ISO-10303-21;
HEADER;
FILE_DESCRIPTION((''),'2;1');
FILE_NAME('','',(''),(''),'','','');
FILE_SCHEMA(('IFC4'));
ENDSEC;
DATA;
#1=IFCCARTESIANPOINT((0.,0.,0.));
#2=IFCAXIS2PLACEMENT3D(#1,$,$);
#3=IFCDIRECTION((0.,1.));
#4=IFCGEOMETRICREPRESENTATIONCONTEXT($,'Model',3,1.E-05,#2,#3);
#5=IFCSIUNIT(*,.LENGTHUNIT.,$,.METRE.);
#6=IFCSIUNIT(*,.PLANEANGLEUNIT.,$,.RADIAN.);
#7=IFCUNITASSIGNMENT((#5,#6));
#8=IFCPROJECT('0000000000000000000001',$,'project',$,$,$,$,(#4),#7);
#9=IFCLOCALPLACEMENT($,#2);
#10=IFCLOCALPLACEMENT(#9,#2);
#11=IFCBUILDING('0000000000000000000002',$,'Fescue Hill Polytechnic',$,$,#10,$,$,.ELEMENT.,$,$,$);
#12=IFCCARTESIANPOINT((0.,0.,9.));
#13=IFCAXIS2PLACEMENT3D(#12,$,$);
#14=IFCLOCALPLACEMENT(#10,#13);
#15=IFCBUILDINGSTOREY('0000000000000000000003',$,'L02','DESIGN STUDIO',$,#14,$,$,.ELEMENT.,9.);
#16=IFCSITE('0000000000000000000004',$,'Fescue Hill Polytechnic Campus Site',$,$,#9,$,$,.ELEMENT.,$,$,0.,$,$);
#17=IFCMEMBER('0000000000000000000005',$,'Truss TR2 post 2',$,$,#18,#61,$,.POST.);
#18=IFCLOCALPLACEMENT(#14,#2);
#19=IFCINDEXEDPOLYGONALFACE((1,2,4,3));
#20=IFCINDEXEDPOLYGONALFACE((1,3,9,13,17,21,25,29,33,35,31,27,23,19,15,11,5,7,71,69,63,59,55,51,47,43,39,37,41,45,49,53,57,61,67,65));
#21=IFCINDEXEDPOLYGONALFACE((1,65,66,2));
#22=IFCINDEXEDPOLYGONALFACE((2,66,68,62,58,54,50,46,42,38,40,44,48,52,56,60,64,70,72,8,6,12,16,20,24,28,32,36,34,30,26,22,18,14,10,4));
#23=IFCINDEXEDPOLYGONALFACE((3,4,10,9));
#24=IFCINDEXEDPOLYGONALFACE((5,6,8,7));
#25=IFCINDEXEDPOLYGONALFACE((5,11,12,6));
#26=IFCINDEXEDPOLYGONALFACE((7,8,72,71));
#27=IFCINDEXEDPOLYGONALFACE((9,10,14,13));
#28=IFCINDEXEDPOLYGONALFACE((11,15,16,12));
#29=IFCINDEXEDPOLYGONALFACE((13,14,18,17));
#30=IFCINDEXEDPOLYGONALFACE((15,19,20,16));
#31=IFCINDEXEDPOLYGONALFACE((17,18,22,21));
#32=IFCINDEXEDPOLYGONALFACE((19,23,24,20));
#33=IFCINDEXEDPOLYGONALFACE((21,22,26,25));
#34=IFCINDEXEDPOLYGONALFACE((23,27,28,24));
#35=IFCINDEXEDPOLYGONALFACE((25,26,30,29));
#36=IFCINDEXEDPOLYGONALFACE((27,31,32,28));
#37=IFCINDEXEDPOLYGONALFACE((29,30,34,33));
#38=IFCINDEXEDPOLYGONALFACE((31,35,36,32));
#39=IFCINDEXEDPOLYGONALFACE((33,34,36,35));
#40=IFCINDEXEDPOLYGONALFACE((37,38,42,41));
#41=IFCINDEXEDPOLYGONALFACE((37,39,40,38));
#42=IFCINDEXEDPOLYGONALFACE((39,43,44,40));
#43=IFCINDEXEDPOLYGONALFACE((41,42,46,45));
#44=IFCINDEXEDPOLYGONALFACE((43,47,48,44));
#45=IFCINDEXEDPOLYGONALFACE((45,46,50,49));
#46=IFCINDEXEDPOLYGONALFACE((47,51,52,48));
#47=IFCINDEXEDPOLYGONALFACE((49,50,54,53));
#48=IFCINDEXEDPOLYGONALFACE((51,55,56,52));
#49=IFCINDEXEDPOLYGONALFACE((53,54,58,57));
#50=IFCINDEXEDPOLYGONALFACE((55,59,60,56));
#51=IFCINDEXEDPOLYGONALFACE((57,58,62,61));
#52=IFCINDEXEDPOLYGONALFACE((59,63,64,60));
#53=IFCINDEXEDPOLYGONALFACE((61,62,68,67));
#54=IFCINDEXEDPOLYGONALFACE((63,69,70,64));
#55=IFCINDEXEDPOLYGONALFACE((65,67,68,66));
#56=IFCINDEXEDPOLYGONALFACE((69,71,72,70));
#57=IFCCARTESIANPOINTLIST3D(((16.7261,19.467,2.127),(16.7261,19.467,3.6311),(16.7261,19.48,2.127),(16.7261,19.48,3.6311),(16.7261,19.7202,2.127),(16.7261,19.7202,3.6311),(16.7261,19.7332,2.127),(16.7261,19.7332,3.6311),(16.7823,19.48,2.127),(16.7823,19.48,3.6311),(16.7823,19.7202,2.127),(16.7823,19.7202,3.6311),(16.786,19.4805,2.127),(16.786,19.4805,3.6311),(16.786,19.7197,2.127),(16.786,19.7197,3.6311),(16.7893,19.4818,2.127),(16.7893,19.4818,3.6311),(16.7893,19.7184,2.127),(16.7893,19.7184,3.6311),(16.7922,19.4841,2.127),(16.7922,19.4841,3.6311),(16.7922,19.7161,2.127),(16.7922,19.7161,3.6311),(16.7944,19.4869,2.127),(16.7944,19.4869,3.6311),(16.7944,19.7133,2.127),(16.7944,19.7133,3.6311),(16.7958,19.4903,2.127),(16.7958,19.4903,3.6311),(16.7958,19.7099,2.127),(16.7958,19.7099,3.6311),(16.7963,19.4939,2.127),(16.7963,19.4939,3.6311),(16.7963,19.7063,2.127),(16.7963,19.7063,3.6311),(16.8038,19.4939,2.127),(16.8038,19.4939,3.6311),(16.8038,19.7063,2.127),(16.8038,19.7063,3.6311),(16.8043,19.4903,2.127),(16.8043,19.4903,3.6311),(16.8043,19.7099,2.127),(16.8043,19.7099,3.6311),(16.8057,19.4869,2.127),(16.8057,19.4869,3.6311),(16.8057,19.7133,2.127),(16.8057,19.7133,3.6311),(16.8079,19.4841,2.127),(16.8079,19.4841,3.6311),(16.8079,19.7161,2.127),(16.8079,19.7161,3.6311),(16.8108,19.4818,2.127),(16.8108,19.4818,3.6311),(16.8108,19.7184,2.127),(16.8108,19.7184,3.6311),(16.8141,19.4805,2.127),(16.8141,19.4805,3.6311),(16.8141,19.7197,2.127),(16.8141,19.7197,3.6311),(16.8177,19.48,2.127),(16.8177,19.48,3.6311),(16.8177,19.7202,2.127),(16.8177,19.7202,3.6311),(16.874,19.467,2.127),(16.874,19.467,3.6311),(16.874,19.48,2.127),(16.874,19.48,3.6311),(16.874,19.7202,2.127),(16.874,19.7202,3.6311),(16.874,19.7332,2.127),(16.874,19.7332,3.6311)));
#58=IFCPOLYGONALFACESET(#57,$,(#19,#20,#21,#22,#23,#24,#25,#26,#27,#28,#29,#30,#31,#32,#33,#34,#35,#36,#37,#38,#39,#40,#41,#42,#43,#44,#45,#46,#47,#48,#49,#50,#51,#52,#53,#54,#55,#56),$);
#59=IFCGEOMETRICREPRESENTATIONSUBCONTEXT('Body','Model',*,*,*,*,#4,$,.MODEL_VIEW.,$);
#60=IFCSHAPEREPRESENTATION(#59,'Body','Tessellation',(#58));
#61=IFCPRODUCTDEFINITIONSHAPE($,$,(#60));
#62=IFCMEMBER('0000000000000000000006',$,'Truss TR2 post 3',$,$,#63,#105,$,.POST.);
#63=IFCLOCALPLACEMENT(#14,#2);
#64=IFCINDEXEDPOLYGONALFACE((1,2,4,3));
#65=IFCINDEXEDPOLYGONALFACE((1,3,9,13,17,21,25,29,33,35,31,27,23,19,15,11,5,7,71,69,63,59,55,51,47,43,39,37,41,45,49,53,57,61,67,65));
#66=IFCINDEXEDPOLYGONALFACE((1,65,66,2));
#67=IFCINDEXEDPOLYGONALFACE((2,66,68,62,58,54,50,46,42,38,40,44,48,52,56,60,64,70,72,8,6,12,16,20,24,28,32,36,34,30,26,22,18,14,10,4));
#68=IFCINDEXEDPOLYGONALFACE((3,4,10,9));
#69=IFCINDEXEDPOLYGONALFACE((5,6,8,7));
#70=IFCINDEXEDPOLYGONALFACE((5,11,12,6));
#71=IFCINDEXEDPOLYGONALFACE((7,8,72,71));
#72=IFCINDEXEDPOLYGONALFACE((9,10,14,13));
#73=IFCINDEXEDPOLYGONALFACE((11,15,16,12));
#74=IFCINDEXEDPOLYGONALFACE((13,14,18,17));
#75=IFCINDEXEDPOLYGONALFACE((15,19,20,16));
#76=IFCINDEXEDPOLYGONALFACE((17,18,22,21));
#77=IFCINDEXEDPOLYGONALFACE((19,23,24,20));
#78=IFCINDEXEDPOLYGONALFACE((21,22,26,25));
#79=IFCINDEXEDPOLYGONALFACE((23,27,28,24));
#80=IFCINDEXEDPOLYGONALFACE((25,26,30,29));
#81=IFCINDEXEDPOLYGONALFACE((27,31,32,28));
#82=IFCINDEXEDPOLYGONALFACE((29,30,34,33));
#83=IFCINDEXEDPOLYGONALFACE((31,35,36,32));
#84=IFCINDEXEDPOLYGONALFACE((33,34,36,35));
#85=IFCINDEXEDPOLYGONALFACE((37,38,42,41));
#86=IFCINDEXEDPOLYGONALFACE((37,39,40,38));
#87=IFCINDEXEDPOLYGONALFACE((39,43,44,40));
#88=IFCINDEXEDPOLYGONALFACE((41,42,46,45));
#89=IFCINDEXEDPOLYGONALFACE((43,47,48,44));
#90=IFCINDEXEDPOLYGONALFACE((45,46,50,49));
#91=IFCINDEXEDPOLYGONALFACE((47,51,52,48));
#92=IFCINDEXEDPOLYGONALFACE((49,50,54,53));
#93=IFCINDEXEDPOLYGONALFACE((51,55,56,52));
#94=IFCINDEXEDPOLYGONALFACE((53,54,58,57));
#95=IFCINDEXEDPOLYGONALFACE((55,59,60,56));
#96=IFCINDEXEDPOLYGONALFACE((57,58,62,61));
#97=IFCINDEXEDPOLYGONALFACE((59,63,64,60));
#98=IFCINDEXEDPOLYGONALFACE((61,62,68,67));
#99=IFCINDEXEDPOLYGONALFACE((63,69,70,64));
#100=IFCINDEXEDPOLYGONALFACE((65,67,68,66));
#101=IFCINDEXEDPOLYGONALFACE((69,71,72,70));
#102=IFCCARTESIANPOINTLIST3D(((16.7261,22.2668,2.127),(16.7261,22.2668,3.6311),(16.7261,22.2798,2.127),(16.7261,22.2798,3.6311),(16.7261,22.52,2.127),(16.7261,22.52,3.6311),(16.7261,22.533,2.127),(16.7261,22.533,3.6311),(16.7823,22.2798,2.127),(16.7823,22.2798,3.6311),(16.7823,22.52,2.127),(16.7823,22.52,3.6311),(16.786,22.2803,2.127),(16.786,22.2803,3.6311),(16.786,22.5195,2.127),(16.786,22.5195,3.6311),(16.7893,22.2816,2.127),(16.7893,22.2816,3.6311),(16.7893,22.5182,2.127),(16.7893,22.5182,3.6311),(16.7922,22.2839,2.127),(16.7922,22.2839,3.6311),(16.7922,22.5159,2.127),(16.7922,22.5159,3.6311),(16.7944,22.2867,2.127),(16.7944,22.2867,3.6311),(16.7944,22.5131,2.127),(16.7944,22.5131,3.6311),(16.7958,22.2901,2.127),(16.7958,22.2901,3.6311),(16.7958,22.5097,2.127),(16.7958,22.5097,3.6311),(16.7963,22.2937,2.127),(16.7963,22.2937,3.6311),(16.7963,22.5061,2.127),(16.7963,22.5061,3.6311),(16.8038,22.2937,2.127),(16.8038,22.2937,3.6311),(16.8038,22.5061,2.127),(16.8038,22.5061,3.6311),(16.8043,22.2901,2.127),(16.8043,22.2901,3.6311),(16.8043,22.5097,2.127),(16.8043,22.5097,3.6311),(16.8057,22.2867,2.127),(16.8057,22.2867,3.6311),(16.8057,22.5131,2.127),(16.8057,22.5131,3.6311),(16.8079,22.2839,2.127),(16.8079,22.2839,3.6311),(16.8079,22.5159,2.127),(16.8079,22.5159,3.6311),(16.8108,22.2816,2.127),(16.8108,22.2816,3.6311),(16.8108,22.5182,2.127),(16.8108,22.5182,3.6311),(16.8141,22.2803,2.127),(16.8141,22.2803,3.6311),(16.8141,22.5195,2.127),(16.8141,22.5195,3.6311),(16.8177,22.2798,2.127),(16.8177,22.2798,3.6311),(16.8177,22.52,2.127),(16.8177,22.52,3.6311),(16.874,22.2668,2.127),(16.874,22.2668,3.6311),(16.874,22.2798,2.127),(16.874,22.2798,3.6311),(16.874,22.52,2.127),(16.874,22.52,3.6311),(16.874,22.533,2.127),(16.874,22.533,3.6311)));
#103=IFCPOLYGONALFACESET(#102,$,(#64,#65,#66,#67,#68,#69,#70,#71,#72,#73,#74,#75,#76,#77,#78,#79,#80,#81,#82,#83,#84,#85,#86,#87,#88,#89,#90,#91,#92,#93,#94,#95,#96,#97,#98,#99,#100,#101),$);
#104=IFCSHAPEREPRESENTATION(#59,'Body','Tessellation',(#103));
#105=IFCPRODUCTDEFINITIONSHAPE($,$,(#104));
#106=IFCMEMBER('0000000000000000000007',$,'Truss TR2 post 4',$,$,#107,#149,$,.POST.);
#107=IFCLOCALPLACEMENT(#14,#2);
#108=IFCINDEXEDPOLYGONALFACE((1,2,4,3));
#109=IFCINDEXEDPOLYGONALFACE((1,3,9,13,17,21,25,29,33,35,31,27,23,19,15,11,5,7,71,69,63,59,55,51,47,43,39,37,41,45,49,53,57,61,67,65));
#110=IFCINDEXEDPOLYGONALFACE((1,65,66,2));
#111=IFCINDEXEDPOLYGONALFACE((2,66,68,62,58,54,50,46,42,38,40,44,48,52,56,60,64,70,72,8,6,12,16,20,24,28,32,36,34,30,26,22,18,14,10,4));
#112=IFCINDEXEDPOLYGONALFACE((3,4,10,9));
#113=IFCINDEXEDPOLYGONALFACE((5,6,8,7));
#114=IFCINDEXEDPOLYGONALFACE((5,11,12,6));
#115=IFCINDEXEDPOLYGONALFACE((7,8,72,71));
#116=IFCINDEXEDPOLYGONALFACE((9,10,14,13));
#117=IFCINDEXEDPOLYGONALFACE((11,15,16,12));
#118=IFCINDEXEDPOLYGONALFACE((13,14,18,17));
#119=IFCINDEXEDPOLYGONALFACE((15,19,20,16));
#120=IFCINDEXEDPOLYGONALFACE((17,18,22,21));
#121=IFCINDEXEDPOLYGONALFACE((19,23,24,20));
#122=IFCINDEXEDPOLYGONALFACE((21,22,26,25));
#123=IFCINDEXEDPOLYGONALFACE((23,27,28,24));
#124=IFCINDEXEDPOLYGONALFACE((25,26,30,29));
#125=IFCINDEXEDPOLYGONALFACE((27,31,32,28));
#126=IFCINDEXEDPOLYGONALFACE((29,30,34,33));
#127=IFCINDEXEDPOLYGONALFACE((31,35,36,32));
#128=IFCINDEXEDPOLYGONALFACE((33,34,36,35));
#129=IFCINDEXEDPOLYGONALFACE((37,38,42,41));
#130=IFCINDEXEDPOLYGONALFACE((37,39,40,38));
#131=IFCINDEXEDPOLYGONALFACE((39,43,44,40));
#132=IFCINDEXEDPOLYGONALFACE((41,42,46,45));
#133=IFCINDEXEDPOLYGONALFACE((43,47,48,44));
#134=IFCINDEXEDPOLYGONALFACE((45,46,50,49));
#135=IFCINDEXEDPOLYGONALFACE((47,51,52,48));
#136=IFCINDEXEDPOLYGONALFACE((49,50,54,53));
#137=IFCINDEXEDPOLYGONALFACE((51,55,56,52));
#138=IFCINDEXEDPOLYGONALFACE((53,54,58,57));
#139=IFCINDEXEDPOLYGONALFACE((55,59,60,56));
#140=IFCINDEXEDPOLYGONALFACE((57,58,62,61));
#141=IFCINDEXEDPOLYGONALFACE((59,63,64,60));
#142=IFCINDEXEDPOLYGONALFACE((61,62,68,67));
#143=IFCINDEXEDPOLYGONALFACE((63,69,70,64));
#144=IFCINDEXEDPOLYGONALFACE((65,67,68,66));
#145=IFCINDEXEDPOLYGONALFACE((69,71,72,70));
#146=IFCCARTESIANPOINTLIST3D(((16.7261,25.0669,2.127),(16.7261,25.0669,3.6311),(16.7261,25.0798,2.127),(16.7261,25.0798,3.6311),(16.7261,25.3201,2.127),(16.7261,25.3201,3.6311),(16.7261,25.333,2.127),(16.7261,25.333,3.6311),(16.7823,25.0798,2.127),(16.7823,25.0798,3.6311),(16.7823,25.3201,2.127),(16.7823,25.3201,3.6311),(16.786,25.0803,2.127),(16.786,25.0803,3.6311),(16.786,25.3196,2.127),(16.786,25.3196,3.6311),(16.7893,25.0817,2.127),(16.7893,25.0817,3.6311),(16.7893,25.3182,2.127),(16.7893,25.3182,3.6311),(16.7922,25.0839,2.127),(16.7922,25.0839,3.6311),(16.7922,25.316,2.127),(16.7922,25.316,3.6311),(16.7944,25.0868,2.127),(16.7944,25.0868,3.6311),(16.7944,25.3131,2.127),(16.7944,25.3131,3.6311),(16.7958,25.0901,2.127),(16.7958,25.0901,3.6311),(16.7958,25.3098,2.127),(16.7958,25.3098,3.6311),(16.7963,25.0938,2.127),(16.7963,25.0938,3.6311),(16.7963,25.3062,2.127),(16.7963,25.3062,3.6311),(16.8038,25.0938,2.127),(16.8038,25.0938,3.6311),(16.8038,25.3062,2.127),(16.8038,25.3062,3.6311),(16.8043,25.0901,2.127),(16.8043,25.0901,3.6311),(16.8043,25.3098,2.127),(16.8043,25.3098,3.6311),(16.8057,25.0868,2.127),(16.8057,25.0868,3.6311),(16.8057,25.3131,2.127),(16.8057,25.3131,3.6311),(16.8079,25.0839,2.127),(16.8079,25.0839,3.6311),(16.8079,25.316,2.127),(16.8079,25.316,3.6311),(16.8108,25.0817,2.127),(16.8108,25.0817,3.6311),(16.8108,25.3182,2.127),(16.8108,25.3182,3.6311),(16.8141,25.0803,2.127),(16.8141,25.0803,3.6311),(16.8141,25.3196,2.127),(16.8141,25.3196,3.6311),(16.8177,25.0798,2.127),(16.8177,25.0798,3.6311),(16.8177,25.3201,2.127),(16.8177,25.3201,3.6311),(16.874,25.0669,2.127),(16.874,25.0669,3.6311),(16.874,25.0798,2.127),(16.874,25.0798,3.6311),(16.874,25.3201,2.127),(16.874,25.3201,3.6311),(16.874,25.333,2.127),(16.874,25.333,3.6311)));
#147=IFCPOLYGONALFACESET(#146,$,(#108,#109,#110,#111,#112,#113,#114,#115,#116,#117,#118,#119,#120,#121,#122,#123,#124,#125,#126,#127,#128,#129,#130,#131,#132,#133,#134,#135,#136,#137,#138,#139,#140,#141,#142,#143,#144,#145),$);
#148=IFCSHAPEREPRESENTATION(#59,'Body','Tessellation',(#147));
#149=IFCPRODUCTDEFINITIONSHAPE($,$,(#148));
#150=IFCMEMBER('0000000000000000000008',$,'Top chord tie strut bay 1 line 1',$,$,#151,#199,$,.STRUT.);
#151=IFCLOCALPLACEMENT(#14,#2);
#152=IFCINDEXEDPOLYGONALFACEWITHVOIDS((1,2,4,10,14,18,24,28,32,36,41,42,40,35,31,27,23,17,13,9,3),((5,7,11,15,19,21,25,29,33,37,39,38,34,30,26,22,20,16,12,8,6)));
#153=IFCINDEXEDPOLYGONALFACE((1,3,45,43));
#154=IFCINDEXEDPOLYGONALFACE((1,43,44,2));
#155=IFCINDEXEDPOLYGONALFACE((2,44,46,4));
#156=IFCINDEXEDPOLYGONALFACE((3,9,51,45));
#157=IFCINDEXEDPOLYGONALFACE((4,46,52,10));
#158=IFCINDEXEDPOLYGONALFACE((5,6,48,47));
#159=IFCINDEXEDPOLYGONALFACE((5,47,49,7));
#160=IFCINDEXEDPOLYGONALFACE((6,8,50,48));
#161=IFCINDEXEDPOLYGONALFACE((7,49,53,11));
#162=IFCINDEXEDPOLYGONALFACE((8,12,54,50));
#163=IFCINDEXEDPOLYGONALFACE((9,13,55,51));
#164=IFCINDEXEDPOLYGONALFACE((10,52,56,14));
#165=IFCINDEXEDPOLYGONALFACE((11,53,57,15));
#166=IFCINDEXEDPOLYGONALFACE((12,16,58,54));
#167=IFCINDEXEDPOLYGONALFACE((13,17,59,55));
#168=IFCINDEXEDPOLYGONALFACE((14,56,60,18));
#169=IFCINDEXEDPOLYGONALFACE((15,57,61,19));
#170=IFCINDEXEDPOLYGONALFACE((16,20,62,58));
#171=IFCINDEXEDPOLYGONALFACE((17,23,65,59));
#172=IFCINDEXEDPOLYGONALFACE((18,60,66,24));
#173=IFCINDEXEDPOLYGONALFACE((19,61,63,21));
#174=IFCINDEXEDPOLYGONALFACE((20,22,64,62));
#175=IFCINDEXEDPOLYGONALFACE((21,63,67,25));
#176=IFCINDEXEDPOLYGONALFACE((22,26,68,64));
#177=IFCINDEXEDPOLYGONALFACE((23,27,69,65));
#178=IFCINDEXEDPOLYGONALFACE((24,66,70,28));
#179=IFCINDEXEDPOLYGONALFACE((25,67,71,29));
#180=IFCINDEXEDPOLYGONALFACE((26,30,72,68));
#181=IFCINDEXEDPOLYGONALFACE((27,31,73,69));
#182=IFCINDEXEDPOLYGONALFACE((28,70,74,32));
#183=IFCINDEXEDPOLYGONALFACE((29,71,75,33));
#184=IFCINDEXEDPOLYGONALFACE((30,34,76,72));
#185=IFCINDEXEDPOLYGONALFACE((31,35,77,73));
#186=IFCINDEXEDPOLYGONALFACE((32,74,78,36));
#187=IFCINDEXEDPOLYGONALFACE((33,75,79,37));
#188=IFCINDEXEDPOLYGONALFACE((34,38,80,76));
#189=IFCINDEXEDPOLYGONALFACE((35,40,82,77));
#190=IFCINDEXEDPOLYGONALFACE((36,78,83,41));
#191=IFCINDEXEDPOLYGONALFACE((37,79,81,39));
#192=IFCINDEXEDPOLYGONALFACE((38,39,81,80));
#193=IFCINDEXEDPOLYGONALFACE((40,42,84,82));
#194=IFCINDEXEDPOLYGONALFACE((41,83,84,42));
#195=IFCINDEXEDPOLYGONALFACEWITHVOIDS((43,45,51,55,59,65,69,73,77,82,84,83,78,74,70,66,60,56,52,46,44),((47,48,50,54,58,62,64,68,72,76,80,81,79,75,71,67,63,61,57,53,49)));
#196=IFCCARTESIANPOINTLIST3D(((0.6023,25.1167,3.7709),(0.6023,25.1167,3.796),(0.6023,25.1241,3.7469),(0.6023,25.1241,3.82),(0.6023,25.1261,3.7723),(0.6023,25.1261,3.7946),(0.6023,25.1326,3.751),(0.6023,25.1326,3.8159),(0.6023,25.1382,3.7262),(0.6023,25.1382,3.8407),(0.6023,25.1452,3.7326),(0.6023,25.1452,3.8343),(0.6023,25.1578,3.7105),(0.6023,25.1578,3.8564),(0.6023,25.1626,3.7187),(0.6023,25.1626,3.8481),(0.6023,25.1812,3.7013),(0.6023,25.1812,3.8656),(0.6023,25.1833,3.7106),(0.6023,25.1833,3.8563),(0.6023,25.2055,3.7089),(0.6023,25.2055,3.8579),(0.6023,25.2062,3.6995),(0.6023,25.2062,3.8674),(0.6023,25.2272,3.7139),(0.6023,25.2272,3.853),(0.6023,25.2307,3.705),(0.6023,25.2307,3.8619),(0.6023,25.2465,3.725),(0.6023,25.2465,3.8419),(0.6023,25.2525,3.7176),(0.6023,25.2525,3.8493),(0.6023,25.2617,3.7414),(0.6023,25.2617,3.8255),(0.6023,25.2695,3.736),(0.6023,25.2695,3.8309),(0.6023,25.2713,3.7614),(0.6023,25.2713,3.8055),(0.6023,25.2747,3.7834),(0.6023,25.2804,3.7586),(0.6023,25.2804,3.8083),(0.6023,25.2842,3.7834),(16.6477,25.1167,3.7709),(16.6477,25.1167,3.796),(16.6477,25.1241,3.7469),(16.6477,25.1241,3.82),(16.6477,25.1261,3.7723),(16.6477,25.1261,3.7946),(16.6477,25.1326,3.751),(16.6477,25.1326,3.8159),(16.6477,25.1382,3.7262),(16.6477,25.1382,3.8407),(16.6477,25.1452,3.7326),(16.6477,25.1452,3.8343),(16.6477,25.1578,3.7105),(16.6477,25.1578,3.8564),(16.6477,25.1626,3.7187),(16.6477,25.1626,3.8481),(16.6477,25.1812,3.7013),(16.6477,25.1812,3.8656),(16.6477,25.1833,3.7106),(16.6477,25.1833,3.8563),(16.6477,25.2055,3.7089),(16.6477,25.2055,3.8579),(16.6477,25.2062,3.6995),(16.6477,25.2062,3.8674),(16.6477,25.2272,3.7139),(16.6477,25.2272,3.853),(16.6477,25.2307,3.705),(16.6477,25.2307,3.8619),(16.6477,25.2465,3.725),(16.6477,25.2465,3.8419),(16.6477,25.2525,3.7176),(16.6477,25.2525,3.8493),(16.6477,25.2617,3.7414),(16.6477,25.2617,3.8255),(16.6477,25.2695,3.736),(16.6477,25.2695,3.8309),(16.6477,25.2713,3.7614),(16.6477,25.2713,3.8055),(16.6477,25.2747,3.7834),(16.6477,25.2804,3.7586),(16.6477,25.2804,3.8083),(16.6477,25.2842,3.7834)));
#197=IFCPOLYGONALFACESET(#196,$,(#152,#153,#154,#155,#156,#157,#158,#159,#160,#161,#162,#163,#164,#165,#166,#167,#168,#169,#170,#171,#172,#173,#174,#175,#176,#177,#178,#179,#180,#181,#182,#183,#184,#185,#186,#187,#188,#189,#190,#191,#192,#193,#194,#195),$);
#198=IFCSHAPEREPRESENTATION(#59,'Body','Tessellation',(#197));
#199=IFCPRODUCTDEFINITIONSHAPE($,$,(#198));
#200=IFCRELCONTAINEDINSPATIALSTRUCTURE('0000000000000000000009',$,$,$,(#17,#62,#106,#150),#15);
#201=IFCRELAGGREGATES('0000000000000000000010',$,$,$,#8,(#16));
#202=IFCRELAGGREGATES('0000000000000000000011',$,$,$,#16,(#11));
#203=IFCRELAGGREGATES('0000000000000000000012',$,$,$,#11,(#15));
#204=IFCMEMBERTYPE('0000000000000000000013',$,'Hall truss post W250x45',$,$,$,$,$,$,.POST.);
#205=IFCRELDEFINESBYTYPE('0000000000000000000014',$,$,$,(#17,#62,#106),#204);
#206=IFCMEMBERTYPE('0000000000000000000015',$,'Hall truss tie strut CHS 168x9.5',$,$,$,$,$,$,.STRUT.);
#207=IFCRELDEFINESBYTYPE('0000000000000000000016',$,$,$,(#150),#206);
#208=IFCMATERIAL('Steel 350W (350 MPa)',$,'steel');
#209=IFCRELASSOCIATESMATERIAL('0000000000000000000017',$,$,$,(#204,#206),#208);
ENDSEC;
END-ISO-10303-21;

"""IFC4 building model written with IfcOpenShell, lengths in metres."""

from ifc_helpers import new_model, si_unit, direction, frame, origin, origin_2d, place, context, subcontext, project, spatial, hollow_circle, i_section, extrude, material, material_profile, profile_set, type_object, element, save


model = new_model("IFC4")

# Units and contexts
model_context = context("Model", 3, precision=1e-05, world=origin(), true_north=direction((0.0, 1.0)))
body_context = subcontext(model_context, "Body", "Model", "MODEL_VIEW")
ifc_project = project(units=[si_unit("LENGTHUNIT", "METRE"), si_unit("PLANEANGLEUNIT", "RADIAN")], contexts=[model_context])

# Site, building, storey
site_placement = place(None, origin())
site = spatial("IfcSite", under=ifc_project, at=site_placement, Name="Fescue Hill Polytechnic Campus Site", CompositionType="ELEMENT", RefElevation=0.0)
building_placement = place(site_placement, origin())
building = spatial("IfcBuilding", under=site, at=building_placement, Name="Fescue Hill Polytechnic", CompositionType="ELEMENT")
storey_placement = place(building_placement, frame((0.0, 0.0, 9.0)))
storey = spatial("IfcBuildingStorey", under=building, at=storey_placement, Name="L02", Description="DESIGN STUDIO", CompositionType="ELEMENT", Elevation=9.0)

# Members
ifc_material_1 = material(Name="Steel 350W (350 MPa)", Category="steel")
ifc_material_profile_1 = material_profile(ifc_material_1, i_section(OverallWidth=0.1479, OverallDepth=0.2661, WebThickness=0.0076, FlangeThickness=0.0129, FilletRadius=0.0139, at=origin_2d()), Name="W250x45")
ifc_profile_set_1 = profile_set([ifc_material_profile_1], Name="Steel 350W (350 MPa)")
member_type_1 = type_object("IfcMemberType", Name="Hall truss post W250x45", PredefinedType="POST", material=ifc_profile_set_1)
for number, where, z_axis, x_axis, name in (
    (1, (16.8, 19.6001, 2.127), (0.0, 0.0, 1.0), (1.0, 0.0, 0.0), "Truss TR2 post 2"),
    (2, (16.8, 22.3999, 2.127), (0.0, 0.0, 1.0), (1.0, 0.0, 0.0), "Truss TR2 post 3"),
    (3, (16.8, 25.2, 2.127), (0.0, 0.0, 1.0), (1.0, 0.0, 0.0), "Truss TR2 post 4"),
):
    element("IfcMember", number, at=place(storey_placement, frame(where, z_axis=z_axis, x_axis=x_axis)), inside=storey, type_object=member_type_1, Name=name, PredefinedType="POST", context=body_context, shape_type="SweptSolid", body=[
        extrude(i_section(OverallWidth=0.1479, OverallDepth=0.2661, WebThickness=0.0076, FlangeThickness=0.0129, FilletRadius=0.0139, at=origin_2d()), origin(), (0.0, 0.0, 1.0), 1.5042),
    ])
ifc_material_profile_2 = material_profile(ifc_material_1, hollow_circle(Radius=0.0842, WallThickness=0.0095, at=origin_2d()), Name="Hall truss tie strut CHS 168x9.5")
ifc_profile_set_2 = profile_set([ifc_material_profile_2], Name="Steel 350W (350 MPa)")
member_type_2 = type_object("IfcMemberType", Name="Hall truss tie strut CHS 168x9.5", PredefinedType="STRUT", material=ifc_profile_set_2)
member_1_placement = place(storey_placement, frame((0.6023, 25.2, 3.7834), z_axis=(1.0, 0.0, 0.0), x_axis=(0.0, 1.0, 0.0)))
element("IfcMember", 4, at=member_1_placement, inside=storey, type_object=member_type_2, Name="Top chord tie strut bay 1 line 1", PredefinedType="STRUT", context=body_context, shape_type="SweptSolid", body=[
    extrude(hollow_circle(Radius=0.0842, WallThickness=0.0095, at=origin_2d()), origin(), (0.0, 0.0, 1.0), 16.0454),
])

save(model, "model.ifc")
